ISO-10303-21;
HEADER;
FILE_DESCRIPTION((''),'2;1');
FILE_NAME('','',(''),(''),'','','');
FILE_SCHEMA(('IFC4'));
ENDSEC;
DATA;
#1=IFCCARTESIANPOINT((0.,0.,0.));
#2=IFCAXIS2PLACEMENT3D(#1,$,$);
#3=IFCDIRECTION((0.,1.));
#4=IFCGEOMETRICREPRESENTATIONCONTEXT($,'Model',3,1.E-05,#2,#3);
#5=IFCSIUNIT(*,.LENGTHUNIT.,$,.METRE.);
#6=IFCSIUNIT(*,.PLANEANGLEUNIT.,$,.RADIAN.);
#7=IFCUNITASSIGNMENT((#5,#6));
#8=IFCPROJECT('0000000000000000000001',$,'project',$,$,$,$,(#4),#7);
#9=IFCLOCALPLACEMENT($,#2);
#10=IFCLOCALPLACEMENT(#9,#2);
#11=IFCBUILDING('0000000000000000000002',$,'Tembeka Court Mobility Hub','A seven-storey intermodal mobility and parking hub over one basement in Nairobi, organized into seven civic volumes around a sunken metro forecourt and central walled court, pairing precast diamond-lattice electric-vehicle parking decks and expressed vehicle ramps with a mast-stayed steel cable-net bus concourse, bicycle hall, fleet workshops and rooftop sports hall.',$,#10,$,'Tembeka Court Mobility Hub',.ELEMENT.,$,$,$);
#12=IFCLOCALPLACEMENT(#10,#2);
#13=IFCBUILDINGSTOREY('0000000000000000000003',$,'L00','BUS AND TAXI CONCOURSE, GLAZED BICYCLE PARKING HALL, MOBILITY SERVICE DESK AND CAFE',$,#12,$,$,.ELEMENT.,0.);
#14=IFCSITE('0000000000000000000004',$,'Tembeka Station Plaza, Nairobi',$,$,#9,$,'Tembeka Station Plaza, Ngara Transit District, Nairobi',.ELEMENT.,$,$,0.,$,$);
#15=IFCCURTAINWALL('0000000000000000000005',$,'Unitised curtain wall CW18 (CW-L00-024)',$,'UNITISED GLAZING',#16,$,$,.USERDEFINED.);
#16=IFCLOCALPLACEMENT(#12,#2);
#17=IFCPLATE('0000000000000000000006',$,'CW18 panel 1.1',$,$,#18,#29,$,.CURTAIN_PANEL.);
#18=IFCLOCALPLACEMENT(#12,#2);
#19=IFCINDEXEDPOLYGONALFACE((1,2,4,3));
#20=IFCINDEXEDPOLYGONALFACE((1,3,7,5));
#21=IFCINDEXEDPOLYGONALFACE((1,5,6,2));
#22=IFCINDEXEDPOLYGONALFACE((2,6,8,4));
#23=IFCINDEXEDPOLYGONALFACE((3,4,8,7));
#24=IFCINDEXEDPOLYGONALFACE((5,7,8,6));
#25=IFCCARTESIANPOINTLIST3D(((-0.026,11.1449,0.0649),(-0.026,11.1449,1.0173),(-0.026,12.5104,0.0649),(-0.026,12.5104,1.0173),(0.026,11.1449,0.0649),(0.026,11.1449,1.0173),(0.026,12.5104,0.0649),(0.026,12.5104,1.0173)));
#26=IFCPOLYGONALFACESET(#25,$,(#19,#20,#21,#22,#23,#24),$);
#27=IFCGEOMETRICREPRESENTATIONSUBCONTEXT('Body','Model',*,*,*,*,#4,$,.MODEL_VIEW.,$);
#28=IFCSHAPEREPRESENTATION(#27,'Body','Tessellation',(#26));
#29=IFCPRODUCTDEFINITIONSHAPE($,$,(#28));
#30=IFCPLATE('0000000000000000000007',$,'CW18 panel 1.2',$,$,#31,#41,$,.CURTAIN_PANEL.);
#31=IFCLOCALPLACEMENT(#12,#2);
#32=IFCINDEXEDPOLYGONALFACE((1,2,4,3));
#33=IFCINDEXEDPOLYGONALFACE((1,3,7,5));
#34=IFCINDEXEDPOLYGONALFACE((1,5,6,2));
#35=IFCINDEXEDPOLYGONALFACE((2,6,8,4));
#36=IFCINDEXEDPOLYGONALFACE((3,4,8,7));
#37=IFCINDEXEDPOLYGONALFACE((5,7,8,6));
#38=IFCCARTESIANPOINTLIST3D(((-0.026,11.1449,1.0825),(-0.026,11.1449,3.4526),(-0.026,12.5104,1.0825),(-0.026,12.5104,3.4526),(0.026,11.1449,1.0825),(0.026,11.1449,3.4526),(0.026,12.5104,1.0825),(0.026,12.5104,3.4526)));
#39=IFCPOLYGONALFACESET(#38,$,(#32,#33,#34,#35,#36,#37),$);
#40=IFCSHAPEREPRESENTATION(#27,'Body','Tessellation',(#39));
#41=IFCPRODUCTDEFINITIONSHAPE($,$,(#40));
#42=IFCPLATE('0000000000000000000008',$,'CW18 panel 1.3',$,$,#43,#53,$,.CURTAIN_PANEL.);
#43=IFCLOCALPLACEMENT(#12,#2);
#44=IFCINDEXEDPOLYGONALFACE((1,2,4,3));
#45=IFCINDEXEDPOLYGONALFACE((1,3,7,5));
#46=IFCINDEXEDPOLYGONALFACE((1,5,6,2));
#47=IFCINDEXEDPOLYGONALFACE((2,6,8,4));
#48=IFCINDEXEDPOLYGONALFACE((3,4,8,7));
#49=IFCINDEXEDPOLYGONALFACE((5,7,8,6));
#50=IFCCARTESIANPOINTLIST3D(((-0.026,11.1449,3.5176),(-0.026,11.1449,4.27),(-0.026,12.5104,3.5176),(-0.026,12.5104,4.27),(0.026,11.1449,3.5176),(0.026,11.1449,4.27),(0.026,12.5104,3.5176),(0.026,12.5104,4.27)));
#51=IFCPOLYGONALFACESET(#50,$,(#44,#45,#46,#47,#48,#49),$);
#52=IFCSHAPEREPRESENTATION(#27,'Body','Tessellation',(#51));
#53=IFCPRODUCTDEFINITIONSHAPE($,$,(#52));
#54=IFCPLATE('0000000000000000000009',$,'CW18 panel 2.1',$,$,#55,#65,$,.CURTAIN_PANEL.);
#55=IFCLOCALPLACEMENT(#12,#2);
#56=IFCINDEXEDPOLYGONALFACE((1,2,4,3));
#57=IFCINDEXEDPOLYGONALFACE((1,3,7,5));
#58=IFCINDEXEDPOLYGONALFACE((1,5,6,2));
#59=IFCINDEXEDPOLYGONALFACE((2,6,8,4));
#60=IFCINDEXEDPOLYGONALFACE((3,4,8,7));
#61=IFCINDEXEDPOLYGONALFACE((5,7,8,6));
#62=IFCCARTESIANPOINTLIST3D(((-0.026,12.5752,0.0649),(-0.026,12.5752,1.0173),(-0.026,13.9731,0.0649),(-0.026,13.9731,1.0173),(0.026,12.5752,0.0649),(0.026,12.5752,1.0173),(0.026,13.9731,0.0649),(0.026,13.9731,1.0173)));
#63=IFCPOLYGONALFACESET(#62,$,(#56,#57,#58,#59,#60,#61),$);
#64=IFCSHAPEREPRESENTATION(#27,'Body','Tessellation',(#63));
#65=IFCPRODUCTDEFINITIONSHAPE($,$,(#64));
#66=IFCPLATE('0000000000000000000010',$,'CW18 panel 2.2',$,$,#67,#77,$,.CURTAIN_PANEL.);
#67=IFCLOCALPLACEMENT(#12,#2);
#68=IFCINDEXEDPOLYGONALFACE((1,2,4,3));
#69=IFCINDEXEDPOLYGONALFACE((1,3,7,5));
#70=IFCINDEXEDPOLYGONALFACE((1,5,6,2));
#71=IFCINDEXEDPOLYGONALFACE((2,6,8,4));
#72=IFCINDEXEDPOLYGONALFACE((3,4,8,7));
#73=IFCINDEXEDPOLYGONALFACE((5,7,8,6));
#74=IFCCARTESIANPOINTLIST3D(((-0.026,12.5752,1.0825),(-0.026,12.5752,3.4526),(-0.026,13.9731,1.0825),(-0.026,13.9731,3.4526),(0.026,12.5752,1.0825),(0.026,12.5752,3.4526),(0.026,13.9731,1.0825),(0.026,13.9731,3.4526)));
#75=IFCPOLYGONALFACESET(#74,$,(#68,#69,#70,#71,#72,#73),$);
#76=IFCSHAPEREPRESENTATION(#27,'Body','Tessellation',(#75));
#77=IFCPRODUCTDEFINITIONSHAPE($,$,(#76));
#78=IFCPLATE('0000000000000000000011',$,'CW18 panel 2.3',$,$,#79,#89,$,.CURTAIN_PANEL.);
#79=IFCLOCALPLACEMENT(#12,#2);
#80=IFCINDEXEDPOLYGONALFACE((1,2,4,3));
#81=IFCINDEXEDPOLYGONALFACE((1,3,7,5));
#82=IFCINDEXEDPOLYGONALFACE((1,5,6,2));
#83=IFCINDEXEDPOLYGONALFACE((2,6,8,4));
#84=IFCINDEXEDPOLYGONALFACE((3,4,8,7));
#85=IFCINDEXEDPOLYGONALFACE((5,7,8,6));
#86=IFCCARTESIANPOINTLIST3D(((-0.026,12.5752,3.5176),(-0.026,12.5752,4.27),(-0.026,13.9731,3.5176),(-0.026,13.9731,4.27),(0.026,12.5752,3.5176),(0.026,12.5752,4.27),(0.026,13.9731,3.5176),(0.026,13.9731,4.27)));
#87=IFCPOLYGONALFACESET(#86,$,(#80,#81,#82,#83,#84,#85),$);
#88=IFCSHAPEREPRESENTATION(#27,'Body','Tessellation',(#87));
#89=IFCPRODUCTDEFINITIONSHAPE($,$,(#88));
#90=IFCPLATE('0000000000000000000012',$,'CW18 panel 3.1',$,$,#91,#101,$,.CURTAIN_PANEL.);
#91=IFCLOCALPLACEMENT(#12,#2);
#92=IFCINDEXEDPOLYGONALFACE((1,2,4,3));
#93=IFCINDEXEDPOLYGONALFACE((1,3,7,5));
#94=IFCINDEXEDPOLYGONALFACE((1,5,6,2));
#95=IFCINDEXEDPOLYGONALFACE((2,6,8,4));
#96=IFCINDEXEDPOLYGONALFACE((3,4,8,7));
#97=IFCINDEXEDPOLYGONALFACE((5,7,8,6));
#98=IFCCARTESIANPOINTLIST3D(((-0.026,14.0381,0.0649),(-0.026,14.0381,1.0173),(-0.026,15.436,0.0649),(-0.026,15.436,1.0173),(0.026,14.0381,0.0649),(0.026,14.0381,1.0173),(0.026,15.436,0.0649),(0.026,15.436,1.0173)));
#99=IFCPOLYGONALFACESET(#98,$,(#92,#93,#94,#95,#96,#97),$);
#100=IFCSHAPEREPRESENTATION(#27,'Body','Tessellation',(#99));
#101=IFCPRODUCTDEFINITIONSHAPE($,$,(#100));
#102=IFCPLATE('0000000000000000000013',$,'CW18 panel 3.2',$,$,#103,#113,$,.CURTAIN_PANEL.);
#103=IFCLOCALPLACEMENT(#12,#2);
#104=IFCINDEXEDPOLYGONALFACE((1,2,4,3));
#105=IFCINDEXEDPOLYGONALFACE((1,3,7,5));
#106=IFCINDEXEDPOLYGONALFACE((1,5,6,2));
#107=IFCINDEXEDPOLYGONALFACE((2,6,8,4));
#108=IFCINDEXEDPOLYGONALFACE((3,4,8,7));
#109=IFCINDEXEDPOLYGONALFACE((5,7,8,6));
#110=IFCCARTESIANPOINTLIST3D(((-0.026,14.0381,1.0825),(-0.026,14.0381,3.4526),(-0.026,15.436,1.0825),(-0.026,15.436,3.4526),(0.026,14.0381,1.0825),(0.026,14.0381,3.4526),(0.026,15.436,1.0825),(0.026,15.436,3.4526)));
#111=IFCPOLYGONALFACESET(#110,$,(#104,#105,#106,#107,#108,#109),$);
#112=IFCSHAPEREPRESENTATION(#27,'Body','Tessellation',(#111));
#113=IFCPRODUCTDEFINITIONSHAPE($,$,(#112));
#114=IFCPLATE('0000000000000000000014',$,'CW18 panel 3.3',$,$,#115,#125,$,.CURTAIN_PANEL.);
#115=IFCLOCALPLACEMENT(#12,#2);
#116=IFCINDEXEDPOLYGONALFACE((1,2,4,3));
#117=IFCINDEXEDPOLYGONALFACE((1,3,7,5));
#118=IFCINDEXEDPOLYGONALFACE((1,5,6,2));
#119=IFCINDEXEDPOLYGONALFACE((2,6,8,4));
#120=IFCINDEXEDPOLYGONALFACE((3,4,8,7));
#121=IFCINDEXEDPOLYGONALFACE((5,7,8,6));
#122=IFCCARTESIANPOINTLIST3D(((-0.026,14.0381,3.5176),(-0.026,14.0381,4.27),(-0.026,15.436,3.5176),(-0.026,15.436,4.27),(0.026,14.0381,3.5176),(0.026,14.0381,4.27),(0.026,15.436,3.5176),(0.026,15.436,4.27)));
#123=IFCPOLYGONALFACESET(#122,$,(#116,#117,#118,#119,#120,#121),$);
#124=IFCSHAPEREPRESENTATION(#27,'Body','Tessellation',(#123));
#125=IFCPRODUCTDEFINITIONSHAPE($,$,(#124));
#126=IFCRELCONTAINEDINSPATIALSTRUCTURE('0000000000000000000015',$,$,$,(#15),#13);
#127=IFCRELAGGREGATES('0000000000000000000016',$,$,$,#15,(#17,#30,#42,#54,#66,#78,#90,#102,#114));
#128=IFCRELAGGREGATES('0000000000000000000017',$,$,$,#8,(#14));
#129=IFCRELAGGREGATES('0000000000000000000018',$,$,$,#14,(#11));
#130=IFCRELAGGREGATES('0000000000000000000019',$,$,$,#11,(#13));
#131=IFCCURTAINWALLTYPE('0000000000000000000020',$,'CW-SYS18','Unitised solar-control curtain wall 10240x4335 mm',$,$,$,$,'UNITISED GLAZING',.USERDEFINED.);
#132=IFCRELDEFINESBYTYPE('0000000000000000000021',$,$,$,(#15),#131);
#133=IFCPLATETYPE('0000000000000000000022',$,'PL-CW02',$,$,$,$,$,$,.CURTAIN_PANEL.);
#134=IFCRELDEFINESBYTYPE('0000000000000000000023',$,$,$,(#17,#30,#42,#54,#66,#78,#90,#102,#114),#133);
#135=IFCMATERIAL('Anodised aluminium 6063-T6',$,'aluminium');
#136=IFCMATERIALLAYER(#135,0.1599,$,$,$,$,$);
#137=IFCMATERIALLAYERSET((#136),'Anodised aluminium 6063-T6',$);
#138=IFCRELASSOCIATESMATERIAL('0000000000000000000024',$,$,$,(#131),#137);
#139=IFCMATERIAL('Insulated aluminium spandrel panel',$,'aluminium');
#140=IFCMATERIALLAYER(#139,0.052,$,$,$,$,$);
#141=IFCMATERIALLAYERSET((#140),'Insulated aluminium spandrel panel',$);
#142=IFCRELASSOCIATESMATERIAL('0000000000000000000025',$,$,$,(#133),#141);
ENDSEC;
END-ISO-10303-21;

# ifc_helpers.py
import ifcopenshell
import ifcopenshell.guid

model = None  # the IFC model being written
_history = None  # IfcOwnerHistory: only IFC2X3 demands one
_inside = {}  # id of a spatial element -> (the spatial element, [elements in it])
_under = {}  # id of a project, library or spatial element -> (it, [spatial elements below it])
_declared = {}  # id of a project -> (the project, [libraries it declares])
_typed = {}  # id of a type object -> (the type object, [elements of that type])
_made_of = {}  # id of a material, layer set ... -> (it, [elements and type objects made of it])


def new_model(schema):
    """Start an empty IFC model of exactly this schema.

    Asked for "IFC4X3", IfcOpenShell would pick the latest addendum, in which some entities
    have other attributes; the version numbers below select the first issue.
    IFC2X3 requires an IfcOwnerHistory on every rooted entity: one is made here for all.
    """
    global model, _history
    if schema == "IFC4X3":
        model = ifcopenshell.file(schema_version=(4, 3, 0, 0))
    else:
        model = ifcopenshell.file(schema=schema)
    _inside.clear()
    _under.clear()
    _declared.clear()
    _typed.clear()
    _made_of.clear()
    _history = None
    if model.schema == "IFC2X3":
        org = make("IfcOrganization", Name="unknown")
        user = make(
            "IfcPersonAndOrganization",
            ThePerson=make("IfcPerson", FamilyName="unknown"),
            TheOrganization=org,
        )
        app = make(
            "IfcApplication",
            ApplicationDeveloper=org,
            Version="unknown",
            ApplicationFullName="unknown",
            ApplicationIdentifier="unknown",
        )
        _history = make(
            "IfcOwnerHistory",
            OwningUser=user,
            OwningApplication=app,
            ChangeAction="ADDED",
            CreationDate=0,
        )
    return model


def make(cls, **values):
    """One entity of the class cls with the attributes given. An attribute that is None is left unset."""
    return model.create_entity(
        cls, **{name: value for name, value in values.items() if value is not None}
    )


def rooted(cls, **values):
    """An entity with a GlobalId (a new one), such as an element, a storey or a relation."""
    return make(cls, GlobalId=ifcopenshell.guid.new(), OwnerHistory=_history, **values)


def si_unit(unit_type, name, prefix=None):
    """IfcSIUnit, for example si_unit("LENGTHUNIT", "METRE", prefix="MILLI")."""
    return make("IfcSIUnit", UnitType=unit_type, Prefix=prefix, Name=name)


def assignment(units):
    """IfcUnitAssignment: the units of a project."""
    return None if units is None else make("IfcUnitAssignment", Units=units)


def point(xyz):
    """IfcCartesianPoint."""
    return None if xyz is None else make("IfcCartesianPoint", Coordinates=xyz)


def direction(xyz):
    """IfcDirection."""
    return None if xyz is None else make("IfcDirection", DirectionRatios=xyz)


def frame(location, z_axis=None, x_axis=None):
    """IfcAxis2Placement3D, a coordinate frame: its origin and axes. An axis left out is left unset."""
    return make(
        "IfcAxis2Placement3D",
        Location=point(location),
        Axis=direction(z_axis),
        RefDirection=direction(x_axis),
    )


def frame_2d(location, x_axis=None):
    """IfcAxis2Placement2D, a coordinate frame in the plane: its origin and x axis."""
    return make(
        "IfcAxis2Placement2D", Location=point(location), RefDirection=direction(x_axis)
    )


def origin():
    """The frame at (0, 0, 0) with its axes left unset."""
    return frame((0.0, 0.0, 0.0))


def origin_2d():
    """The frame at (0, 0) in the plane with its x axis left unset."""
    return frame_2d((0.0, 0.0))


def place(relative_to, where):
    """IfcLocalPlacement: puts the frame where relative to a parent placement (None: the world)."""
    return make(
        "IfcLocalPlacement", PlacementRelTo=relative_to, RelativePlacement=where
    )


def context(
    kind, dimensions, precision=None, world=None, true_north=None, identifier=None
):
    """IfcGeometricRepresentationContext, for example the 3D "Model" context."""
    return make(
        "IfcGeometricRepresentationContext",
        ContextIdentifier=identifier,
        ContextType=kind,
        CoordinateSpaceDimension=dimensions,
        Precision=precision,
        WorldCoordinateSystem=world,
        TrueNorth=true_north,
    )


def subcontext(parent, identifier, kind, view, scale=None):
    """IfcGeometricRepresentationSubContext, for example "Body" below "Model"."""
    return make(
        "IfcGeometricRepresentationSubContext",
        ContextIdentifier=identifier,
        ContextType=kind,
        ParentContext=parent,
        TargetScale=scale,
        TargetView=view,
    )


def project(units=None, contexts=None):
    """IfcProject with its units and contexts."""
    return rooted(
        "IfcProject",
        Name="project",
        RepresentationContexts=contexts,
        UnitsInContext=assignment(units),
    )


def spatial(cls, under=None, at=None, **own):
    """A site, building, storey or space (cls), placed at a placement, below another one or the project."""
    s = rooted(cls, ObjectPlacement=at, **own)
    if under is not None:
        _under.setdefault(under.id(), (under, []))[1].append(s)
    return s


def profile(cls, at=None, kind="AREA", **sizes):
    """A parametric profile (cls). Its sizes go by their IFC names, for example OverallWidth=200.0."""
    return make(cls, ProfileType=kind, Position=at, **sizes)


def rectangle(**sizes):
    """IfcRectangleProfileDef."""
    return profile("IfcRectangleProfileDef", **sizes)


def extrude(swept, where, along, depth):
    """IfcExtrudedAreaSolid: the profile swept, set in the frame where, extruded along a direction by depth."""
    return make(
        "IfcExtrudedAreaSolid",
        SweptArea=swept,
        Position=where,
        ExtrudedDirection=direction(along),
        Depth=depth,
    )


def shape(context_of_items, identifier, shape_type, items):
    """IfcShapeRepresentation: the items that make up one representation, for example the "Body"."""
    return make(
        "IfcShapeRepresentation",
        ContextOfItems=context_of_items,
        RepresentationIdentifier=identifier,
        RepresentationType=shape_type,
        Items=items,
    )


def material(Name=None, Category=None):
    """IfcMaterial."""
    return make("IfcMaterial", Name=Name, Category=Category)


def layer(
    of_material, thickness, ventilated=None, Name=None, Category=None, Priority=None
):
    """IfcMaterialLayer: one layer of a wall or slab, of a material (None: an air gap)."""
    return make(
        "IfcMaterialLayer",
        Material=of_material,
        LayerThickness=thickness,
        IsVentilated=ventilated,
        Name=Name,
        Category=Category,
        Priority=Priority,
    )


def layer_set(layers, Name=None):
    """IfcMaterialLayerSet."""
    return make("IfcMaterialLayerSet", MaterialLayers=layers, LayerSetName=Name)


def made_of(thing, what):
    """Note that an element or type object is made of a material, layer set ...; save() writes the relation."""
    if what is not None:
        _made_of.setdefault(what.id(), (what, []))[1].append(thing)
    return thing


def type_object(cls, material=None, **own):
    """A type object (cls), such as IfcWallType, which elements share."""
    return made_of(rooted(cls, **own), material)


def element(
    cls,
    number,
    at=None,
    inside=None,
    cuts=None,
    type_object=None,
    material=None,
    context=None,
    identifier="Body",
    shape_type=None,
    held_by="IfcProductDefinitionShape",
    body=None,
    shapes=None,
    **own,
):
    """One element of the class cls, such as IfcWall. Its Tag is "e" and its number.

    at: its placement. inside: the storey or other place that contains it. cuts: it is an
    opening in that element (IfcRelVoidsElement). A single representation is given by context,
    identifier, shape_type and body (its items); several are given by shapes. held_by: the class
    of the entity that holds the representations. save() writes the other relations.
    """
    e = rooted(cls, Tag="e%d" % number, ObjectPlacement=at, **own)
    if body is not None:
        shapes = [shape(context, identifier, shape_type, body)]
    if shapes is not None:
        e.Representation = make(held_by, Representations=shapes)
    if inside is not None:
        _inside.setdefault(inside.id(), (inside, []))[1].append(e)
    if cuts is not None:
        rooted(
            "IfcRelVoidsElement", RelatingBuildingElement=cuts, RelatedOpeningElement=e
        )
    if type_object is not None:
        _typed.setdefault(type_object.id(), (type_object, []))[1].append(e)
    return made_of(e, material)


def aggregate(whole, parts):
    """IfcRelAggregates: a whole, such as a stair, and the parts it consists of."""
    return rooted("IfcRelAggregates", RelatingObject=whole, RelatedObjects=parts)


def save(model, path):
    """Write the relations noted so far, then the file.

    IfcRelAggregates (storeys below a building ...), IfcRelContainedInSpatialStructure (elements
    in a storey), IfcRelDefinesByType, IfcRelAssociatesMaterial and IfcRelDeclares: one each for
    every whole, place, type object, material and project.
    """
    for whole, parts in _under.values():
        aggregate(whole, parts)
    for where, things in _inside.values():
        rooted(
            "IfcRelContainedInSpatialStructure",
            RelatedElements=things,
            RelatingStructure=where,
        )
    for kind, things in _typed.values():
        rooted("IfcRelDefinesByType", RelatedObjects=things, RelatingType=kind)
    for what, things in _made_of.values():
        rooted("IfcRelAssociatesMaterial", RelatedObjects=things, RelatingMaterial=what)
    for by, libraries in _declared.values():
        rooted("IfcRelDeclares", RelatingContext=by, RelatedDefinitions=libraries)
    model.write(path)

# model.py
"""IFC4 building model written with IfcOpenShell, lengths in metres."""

from ifc_helpers import new_model, si_unit, direction, frame, origin, origin_2d, place, context, subcontext, project, spatial, rectangle, extrude, material, layer, layer_set, type_object, element, aggregate, save


model = new_model("IFC4")

# Units and contexts
model_context = context("Model", 3, precision=1e-05, world=origin(), true_north=direction((0.0, 1.0)))
body_context = subcontext(model_context, "Body", "Model", "MODEL_VIEW")
ifc_project = project(units=[si_unit("LENGTHUNIT", "METRE"), si_unit("PLANEANGLEUNIT", "RADIAN")], contexts=[model_context])

# Site, building, storey
site_placement = place(None, origin())
site = spatial("IfcSite", under=ifc_project, at=site_placement, Name="Tembeka Station Plaza, Nairobi", LongName="Tembeka Station Plaza, Ngara Transit District, Nairobi", CompositionType="ELEMENT", RefElevation=0.0)
building_placement = place(site_placement, origin())
building = spatial("IfcBuilding", under=site, at=building_placement, Name="Tembeka Court Mobility Hub", Description="A seven-storey intermodal mobility and parking hub over one basement in Nairobi, organized into seven civic volumes around a sunken metro forecourt and central walled court, pairing precast diamond-lattice electric-vehicle parking decks and expressed vehicle ramps with a mast-stayed steel cable-net bus concourse, bicycle hall, fleet workshops and rooftop sports hall.", LongName="Tembeka Court Mobility Hub", CompositionType="ELEMENT")
storey_placement = place(building_placement, origin())
storey = spatial("IfcBuildingStorey", under=building, at=storey_placement, Name="L00", Description="BUS AND TAXI CONCOURSE, GLAZED BICYCLE PARKING HALL, MOBILITY SERVICE DESK AND CAFE", CompositionType="ELEMENT", Elevation=0.0)

# Shared definitions
ifc_material_1 = material(Name="Anodised aluminium 6063-T6", Category="aluminium")
ifc_layer_1 = layer(ifc_material_1, 0.1599)
ifc_layer_set_1 = layer_set([ifc_layer_1], Name="Anodised aluminium 6063-T6")
curtain_wall_type = type_object("IfcCurtainWallType", Name="CW-SYS18", Description="Unitised solar-control curtain wall 10240x4335 mm", ElementType="UNITISED GLAZING", PredefinedType="USERDEFINED", material=ifc_layer_set_1)

# Curtain wall, plates
curtain_wall_1_placement = place(storey_placement, origin())
curtain_wall_1 = element("IfcCurtainWall", 1, at=curtain_wall_1_placement, inside=storey, type_object=curtain_wall_type, Name="Unitised curtain wall CW18 (CW-L00-024)", ObjectType="UNITISED GLAZING", PredefinedType="USERDEFINED")
ifc_material_2 = material(Name="Insulated aluminium spandrel panel", Category="aluminium")
ifc_layer_2 = layer(ifc_material_2, 0.052)
ifc_layer_set_2 = layer_set([ifc_layer_2], Name="Insulated aluminium spandrel panel")
plate_type = type_object("IfcPlateType", Name="PL-CW02", PredefinedType="CURTAIN_PANEL", material=ifc_layer_set_2)
plate_1_placement = place(storey_placement, frame((0.0, 11.8276, 0.0649), z_axis=(0.0, 0.0, 1.0), x_axis=(0.0, 1.0, 0.0)))
plate_1 = element("IfcPlate", 2, at=plate_1_placement, type_object=plate_type, Name="CW18 panel 1.1", PredefinedType="CURTAIN_PANEL", context=body_context, shape_type="SweptSolid", body=[
    extrude(rectangle(XDim=1.3655, YDim=0.052, at=origin_2d()), origin(), (0.0, 0.0, 1.0), 0.9524),
])
plate_2_placement = place(storey_placement, frame((0.0, 11.8276, 1.0825), z_axis=(0.0, 0.0, 1.0), x_axis=(0.0, 1.0, 0.0)))
plate_2 = element("IfcPlate", 3, at=plate_2_placement, type_object=plate_type, Name="CW18 panel 1.2", PredefinedType="CURTAIN_PANEL", context=body_context, shape_type="SweptSolid", body=[
    extrude(rectangle(XDim=1.3655, YDim=0.052, at=origin_2d()), origin(), (0.0, 0.0, 1.0), 2.3701),
])
plate_3_placement = place(storey_placement, frame((0.0, 11.8276, 3.5176), z_axis=(0.0, 0.0, 1.0), x_axis=(0.0, 1.0, 0.0)))
plate_3 = element("IfcPlate", 4, at=plate_3_placement, type_object=plate_type, Name="CW18 panel 1.3", PredefinedType="CURTAIN_PANEL", context=body_context, shape_type="SweptSolid", body=[
    extrude(rectangle(XDim=1.3655, YDim=0.052, at=origin_2d()), origin(), (0.0, 0.0, 1.0), 0.7524),
])
plate_4_placement = place(storey_placement, frame((0.0, 13.2742, 0.0649), z_axis=(0.0, 0.0, 1.0), x_axis=(0.0, 1.0, 0.0)))
plate_4 = element("IfcPlate", 5, at=plate_4_placement, type_object=plate_type, Name="CW18 panel 2.1", PredefinedType="CURTAIN_PANEL", context=body_context, shape_type="SweptSolid", body=[
    extrude(rectangle(XDim=1.3979, YDim=0.052, at=origin_2d()), origin(), (0.0, 0.0, 1.0), 0.9524),
])
plate_5_placement = place(storey_placement, frame((0.0, 13.2742, 1.0825), z_axis=(0.0, 0.0, 1.0), x_axis=(0.0, 1.0, 0.0)))
plate_5 = element("IfcPlate", 6, at=plate_5_placement, type_object=plate_type, Name="CW18 panel 2.2", PredefinedType="CURTAIN_PANEL", context=body_context, shape_type="SweptSolid", body=[
    extrude(rectangle(XDim=1.3979, YDim=0.052, at=origin_2d()), origin(), (0.0, 0.0, 1.0), 2.3701),
])
plate_6_placement = place(storey_placement, frame((0.0, 13.2742, 3.5176), z_axis=(0.0, 0.0, 1.0), x_axis=(0.0, 1.0, 0.0)))
plate_6 = element("IfcPlate", 7, at=plate_6_placement, type_object=plate_type, Name="CW18 panel 2.3", PredefinedType="CURTAIN_PANEL", context=body_context, shape_type="SweptSolid", body=[
    extrude(rectangle(XDim=1.3979, YDim=0.052, at=origin_2d()), origin(), (0.0, 0.0, 1.0), 0.7524),
])
plate_7_placement = place(storey_placement, frame((0.0, 14.7371, 0.0649), z_axis=(0.0, 0.0, 1.0), x_axis=(0.0, 1.0, 0.0)))
plate_7 = element("IfcPlate", 8, at=plate_7_placement, type_object=plate_type, Name="CW18 panel 3.1", PredefinedType="CURTAIN_PANEL", context=body_context, shape_type="SweptSolid", body=[
    extrude(rectangle(XDim=1.3979, YDim=0.052, at=origin_2d()), origin(), (0.0, 0.0, 1.0), 0.9524),
])
plate_8_placement = place(storey_placement, frame((0.0, 14.7371, 1.0825), z_axis=(0.0, 0.0, 1.0), x_axis=(0.0, 1.0, 0.0)))
plate_8 = element("IfcPlate", 9, at=plate_8_placement, type_object=plate_type, Name="CW18 panel 3.2", PredefinedType="CURTAIN_PANEL", context=body_context, shape_type="SweptSolid", body=[
    extrude(rectangle(XDim=1.3979, YDim=0.052, at=origin_2d()), origin(), (0.0, 0.0, 1.0), 2.3701),
])
plate_9_placement = place(storey_placement, frame((0.0, 14.7371, 3.5176), z_axis=(0.0, 0.0, 1.0), x_axis=(0.0, 1.0, 0.0)))
plate_9 = element("IfcPlate", 10, at=plate_9_placement, type_object=plate_type, Name="CW18 panel 3.3", PredefinedType="CURTAIN_PANEL", context=body_context, shape_type="SweptSolid", body=[
    extrude(rectangle(XDim=1.3979, YDim=0.052, at=origin_2d()), origin(), (0.0, 0.0, 1.0), 0.7524),
])
aggregate(curtain_wall_1, [plate_1, plate_2, plate_3, plate_4, plate_5, plate_6, plate_7, plate_8, plate_9])

save(model, "model.ifc")
